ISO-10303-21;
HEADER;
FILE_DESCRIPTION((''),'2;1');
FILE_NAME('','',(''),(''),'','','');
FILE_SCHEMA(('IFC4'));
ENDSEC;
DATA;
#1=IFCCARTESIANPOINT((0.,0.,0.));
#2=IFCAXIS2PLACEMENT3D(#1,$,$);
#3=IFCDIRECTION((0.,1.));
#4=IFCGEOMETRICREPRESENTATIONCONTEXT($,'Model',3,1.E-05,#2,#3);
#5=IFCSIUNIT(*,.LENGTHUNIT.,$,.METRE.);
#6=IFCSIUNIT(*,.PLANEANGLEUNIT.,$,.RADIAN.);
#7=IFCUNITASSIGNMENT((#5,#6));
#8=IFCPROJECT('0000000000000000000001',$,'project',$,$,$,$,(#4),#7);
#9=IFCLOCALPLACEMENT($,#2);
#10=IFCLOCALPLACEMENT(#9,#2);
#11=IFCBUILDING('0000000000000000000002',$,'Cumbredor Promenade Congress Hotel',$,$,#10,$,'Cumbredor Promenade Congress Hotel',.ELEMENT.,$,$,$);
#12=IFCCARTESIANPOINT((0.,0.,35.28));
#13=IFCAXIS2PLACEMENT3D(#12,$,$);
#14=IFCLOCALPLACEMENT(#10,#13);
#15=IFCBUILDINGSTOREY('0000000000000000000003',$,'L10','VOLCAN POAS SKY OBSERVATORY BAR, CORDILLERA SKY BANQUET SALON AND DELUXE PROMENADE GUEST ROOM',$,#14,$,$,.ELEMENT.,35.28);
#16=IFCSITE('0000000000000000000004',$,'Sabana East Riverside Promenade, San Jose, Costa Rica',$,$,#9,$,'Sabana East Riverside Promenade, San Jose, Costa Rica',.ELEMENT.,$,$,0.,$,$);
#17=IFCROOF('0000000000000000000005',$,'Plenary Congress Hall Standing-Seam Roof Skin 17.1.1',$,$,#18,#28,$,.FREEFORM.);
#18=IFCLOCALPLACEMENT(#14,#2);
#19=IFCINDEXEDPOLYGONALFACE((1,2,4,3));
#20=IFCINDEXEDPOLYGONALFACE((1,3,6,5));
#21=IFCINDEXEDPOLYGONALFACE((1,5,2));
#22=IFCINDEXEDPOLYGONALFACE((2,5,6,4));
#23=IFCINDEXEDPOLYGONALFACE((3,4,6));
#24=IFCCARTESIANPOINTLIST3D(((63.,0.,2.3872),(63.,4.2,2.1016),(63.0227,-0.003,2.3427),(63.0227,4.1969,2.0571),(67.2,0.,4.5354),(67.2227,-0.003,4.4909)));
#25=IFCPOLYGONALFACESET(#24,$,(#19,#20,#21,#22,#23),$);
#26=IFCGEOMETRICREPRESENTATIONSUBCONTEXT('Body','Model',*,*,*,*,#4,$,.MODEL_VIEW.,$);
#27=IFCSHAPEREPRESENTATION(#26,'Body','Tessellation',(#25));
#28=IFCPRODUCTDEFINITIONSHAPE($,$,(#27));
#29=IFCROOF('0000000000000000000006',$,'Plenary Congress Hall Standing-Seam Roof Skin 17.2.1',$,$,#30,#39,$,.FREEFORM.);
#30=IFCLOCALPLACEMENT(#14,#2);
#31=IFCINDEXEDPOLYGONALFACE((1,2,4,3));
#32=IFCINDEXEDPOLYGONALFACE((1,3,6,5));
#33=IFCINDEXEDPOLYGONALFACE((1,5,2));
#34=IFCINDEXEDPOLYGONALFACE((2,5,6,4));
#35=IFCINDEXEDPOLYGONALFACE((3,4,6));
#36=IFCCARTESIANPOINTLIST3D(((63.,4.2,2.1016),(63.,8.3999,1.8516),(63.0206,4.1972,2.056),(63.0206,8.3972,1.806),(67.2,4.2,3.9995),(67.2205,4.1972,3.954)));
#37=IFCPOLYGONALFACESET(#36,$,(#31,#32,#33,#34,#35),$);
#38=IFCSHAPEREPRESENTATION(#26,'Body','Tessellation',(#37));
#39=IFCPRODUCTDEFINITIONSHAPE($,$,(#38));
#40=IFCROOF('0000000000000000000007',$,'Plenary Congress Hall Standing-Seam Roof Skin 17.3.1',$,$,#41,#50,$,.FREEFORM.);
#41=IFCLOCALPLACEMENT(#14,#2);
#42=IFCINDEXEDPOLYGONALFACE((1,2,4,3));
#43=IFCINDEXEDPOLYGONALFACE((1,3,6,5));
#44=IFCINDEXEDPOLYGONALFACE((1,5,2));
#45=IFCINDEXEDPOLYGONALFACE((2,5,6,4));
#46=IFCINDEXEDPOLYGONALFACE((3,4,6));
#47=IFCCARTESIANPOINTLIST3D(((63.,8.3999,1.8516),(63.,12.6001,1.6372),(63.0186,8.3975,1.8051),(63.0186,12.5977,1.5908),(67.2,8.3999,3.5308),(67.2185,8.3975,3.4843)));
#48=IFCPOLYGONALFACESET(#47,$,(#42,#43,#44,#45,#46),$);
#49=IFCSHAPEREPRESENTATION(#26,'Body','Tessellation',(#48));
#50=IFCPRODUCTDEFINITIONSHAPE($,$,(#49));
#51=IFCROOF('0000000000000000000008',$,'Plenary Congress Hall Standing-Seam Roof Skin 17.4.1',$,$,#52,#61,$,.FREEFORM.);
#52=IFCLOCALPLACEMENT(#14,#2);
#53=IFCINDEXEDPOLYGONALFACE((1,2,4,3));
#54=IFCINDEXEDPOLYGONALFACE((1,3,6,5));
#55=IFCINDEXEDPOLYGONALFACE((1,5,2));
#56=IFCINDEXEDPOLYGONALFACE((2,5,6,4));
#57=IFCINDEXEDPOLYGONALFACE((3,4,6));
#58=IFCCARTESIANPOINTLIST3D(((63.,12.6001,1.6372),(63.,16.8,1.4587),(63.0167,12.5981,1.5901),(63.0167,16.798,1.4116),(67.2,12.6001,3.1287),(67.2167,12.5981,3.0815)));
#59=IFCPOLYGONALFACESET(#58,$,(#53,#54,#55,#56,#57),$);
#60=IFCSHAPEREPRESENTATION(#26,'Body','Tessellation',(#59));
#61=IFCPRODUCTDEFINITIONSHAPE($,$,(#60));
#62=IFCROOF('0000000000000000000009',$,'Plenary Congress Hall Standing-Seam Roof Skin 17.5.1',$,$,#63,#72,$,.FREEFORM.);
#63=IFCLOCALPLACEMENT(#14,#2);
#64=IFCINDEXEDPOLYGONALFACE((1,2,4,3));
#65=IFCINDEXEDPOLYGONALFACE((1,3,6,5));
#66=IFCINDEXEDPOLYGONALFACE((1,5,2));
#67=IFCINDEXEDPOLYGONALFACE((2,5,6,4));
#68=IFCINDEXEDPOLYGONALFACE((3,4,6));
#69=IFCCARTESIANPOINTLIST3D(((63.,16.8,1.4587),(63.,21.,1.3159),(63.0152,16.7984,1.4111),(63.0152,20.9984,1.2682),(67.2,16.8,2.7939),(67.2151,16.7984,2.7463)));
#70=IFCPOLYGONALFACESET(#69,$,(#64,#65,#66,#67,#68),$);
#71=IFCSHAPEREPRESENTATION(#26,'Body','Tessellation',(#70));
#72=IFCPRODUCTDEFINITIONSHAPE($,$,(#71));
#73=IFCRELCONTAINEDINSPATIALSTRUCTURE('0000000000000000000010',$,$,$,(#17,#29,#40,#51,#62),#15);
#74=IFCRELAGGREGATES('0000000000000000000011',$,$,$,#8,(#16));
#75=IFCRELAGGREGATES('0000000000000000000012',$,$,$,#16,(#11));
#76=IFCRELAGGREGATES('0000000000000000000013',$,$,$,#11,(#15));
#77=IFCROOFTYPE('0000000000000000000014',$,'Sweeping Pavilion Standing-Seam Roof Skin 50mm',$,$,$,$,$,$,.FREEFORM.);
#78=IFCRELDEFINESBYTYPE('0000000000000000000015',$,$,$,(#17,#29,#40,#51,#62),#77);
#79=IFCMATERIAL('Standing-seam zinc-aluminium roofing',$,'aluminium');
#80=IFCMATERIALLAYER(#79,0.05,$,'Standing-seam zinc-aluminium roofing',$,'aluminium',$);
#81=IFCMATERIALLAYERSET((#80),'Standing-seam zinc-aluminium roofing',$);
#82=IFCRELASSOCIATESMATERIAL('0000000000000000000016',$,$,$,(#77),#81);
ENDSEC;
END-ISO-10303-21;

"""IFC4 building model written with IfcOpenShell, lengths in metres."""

from ifc_helpers import new_model, si_unit, direction, frame, origin, place, context, subcontext, project, spatial, polyline, outline, extrude, material, layer, layer_set, type_object, element, save


model = new_model("IFC4")

# Units and contexts
model_context = context("Model", 3, precision=1e-05, world=origin(), true_north=direction((0.0, 1.0)))
body_context = subcontext(model_context, "Body", "Model", "MODEL_VIEW")
ifc_project = project(units=[si_unit("LENGTHUNIT", "METRE"), si_unit("PLANEANGLEUNIT", "RADIAN")], contexts=[model_context])

# Site, building, storey
site_placement = place(None, origin())
site = spatial("IfcSite", under=ifc_project, at=site_placement, Name="Sabana East Riverside Promenade, San Jose, Costa Rica", LongName="Sabana East Riverside Promenade, San Jose, Costa Rica", CompositionType="ELEMENT", RefElevation=0.0)
building_placement = place(site_placement, origin())
building = spatial("IfcBuilding", under=site, at=building_placement, Name="Cumbredor Promenade Congress Hotel", LongName="Cumbredor Promenade Congress Hotel", CompositionType="ELEMENT")
storey_placement = place(building_placement, frame((0.0, 0.0, 35.28)))
storey = spatial("IfcBuildingStorey", under=building, at=storey_placement, Name="L10", Description="VOLCAN POAS SKY OBSERVATORY BAR, CORDILLERA SKY BANQUET SALON AND DELUXE PROMENADE GUEST ROOM", CompositionType="ELEMENT", Elevation=35.28)

# Roofs
ifc_material_1 = material(Name="Standing-seam zinc-aluminium roofing", Category="aluminium")
ifc_layer_1 = layer(ifc_material_1, 0.05, Name="Standing-seam zinc-aluminium roofing", Category="aluminium")
ifc_layer_set_1 = layer_set([ifc_layer_1], Name="Standing-seam zinc-aluminium roofing")
roof_type = type_object("IfcRoofType", Name="Sweeping Pavilion Standing-Seam Roof Skin 50mm", PredefinedType="FREEFORM", material=ifc_layer_set_1)
roof_1_placement = place(storey_placement, frame((63.0, 0.0, 2.3872), z_axis=(-0.454539, 0.06044, 0.888674), x_axis=(0.890301, 0.0, 0.455372)))
element("IfcRoof", 1, at=roof_1_placement, inside=storey, type_object=roof_type, Name="Plenary Congress Hall Standing-Seam Roof Skin 17.1.1", PredefinedType="FREEFORM", context=body_context, shape_type="SweptSolid", body=[
    extrude(outline(polyline([(0.0, 0.0), (4.7174, 0.0), (-0.1301, 4.2076), (0.0, 0.0)])), origin(), (0.0, 0.0, -1.0), 0.05),
])
roof_2_placement = place(storey_placement, frame((63.0, 4.2, 2.1016), z_axis=(-0.411198, 0.054163, 0.909935), x_axis=(0.911273, 0.0, 0.411802)))
element("IfcRoof", 2, at=roof_2_placement, inside=storey, type_object=roof_type, Name="Plenary Congress Hall Standing-Seam Roof Skin 17.2.1", PredefinedType="FREEFORM", context=body_context, shape_type="SweptSolid", body=[
    extrude(outline(polyline([(0.0, 0.0), (4.6089, 0.0), (-0.103, 4.2061), (0.0, 0.0)])), origin(), (0.0, 0.0, -1.0), 0.05),
])
roof_3_placement = place(storey_placement, frame((63.0, 8.3999, 1.8516), z_axis=(-0.370826, 0.047334, 0.927495), x_axis=(0.928536, 0.0, 0.371242)))
element("IfcRoof", 3, at=roof_3_placement, inside=storey, type_object=roof_type, Name="Plenary Congress Hall Standing-Seam Roof Skin 17.3.1", PredefinedType="FREEFORM", context=body_context, shape_type="SweptSolid", body=[
    extrude(outline(polyline([(0.0, 0.0), (4.5232, 0.0), (-0.0796, 4.2049), (0.0, 0.0)])), origin(), (0.0, 0.0, -1.0), 0.05),
])
roof_4_placement = place(storey_placement, frame((63.0, 12.6001, 1.6372), z_axis=(-0.334371, 0.040011, 0.941592), x_axis=(0.942346, 0.0, 0.334639)))
element("IfcRoof", 4, at=roof_4_placement, inside=storey, type_object=roof_type, Name="Plenary Congress Hall Standing-Seam Roof Skin 17.4.1", PredefinedType="FREEFORM", context=body_context, shape_type="SweptSolid", body=[
    extrude(outline(polyline([(0.0, 0.0), (4.4569, 0.0), (-0.0597, 4.2033), (0.0, 0.0)])), origin(), (0.0, 0.0, -1.0), 0.05),
])
roof_5_placement = place(storey_placement, frame((63.0, 16.8, 1.4587), z_axis=(-0.302809, 0.03239, 0.952501), x_axis=(0.953001, 0.0, 0.302968)))
element("IfcRoof", 5, at=roof_5_placement, inside=storey, type_object=roof_type, Name="Plenary Congress Hall Standing-Seam Roof Skin 17.5.1", PredefinedType="FREEFORM", context=body_context, shape_type="SweptSolid", body=[
    extrude(outline(polyline([(0.0, 0.0), (4.4071, 0.0), (-0.0433, 4.2022), (0.0, 0.0)])), origin(), (0.0, 0.0, -1.0), 0.05),
])

save(model, "model.ifc")
